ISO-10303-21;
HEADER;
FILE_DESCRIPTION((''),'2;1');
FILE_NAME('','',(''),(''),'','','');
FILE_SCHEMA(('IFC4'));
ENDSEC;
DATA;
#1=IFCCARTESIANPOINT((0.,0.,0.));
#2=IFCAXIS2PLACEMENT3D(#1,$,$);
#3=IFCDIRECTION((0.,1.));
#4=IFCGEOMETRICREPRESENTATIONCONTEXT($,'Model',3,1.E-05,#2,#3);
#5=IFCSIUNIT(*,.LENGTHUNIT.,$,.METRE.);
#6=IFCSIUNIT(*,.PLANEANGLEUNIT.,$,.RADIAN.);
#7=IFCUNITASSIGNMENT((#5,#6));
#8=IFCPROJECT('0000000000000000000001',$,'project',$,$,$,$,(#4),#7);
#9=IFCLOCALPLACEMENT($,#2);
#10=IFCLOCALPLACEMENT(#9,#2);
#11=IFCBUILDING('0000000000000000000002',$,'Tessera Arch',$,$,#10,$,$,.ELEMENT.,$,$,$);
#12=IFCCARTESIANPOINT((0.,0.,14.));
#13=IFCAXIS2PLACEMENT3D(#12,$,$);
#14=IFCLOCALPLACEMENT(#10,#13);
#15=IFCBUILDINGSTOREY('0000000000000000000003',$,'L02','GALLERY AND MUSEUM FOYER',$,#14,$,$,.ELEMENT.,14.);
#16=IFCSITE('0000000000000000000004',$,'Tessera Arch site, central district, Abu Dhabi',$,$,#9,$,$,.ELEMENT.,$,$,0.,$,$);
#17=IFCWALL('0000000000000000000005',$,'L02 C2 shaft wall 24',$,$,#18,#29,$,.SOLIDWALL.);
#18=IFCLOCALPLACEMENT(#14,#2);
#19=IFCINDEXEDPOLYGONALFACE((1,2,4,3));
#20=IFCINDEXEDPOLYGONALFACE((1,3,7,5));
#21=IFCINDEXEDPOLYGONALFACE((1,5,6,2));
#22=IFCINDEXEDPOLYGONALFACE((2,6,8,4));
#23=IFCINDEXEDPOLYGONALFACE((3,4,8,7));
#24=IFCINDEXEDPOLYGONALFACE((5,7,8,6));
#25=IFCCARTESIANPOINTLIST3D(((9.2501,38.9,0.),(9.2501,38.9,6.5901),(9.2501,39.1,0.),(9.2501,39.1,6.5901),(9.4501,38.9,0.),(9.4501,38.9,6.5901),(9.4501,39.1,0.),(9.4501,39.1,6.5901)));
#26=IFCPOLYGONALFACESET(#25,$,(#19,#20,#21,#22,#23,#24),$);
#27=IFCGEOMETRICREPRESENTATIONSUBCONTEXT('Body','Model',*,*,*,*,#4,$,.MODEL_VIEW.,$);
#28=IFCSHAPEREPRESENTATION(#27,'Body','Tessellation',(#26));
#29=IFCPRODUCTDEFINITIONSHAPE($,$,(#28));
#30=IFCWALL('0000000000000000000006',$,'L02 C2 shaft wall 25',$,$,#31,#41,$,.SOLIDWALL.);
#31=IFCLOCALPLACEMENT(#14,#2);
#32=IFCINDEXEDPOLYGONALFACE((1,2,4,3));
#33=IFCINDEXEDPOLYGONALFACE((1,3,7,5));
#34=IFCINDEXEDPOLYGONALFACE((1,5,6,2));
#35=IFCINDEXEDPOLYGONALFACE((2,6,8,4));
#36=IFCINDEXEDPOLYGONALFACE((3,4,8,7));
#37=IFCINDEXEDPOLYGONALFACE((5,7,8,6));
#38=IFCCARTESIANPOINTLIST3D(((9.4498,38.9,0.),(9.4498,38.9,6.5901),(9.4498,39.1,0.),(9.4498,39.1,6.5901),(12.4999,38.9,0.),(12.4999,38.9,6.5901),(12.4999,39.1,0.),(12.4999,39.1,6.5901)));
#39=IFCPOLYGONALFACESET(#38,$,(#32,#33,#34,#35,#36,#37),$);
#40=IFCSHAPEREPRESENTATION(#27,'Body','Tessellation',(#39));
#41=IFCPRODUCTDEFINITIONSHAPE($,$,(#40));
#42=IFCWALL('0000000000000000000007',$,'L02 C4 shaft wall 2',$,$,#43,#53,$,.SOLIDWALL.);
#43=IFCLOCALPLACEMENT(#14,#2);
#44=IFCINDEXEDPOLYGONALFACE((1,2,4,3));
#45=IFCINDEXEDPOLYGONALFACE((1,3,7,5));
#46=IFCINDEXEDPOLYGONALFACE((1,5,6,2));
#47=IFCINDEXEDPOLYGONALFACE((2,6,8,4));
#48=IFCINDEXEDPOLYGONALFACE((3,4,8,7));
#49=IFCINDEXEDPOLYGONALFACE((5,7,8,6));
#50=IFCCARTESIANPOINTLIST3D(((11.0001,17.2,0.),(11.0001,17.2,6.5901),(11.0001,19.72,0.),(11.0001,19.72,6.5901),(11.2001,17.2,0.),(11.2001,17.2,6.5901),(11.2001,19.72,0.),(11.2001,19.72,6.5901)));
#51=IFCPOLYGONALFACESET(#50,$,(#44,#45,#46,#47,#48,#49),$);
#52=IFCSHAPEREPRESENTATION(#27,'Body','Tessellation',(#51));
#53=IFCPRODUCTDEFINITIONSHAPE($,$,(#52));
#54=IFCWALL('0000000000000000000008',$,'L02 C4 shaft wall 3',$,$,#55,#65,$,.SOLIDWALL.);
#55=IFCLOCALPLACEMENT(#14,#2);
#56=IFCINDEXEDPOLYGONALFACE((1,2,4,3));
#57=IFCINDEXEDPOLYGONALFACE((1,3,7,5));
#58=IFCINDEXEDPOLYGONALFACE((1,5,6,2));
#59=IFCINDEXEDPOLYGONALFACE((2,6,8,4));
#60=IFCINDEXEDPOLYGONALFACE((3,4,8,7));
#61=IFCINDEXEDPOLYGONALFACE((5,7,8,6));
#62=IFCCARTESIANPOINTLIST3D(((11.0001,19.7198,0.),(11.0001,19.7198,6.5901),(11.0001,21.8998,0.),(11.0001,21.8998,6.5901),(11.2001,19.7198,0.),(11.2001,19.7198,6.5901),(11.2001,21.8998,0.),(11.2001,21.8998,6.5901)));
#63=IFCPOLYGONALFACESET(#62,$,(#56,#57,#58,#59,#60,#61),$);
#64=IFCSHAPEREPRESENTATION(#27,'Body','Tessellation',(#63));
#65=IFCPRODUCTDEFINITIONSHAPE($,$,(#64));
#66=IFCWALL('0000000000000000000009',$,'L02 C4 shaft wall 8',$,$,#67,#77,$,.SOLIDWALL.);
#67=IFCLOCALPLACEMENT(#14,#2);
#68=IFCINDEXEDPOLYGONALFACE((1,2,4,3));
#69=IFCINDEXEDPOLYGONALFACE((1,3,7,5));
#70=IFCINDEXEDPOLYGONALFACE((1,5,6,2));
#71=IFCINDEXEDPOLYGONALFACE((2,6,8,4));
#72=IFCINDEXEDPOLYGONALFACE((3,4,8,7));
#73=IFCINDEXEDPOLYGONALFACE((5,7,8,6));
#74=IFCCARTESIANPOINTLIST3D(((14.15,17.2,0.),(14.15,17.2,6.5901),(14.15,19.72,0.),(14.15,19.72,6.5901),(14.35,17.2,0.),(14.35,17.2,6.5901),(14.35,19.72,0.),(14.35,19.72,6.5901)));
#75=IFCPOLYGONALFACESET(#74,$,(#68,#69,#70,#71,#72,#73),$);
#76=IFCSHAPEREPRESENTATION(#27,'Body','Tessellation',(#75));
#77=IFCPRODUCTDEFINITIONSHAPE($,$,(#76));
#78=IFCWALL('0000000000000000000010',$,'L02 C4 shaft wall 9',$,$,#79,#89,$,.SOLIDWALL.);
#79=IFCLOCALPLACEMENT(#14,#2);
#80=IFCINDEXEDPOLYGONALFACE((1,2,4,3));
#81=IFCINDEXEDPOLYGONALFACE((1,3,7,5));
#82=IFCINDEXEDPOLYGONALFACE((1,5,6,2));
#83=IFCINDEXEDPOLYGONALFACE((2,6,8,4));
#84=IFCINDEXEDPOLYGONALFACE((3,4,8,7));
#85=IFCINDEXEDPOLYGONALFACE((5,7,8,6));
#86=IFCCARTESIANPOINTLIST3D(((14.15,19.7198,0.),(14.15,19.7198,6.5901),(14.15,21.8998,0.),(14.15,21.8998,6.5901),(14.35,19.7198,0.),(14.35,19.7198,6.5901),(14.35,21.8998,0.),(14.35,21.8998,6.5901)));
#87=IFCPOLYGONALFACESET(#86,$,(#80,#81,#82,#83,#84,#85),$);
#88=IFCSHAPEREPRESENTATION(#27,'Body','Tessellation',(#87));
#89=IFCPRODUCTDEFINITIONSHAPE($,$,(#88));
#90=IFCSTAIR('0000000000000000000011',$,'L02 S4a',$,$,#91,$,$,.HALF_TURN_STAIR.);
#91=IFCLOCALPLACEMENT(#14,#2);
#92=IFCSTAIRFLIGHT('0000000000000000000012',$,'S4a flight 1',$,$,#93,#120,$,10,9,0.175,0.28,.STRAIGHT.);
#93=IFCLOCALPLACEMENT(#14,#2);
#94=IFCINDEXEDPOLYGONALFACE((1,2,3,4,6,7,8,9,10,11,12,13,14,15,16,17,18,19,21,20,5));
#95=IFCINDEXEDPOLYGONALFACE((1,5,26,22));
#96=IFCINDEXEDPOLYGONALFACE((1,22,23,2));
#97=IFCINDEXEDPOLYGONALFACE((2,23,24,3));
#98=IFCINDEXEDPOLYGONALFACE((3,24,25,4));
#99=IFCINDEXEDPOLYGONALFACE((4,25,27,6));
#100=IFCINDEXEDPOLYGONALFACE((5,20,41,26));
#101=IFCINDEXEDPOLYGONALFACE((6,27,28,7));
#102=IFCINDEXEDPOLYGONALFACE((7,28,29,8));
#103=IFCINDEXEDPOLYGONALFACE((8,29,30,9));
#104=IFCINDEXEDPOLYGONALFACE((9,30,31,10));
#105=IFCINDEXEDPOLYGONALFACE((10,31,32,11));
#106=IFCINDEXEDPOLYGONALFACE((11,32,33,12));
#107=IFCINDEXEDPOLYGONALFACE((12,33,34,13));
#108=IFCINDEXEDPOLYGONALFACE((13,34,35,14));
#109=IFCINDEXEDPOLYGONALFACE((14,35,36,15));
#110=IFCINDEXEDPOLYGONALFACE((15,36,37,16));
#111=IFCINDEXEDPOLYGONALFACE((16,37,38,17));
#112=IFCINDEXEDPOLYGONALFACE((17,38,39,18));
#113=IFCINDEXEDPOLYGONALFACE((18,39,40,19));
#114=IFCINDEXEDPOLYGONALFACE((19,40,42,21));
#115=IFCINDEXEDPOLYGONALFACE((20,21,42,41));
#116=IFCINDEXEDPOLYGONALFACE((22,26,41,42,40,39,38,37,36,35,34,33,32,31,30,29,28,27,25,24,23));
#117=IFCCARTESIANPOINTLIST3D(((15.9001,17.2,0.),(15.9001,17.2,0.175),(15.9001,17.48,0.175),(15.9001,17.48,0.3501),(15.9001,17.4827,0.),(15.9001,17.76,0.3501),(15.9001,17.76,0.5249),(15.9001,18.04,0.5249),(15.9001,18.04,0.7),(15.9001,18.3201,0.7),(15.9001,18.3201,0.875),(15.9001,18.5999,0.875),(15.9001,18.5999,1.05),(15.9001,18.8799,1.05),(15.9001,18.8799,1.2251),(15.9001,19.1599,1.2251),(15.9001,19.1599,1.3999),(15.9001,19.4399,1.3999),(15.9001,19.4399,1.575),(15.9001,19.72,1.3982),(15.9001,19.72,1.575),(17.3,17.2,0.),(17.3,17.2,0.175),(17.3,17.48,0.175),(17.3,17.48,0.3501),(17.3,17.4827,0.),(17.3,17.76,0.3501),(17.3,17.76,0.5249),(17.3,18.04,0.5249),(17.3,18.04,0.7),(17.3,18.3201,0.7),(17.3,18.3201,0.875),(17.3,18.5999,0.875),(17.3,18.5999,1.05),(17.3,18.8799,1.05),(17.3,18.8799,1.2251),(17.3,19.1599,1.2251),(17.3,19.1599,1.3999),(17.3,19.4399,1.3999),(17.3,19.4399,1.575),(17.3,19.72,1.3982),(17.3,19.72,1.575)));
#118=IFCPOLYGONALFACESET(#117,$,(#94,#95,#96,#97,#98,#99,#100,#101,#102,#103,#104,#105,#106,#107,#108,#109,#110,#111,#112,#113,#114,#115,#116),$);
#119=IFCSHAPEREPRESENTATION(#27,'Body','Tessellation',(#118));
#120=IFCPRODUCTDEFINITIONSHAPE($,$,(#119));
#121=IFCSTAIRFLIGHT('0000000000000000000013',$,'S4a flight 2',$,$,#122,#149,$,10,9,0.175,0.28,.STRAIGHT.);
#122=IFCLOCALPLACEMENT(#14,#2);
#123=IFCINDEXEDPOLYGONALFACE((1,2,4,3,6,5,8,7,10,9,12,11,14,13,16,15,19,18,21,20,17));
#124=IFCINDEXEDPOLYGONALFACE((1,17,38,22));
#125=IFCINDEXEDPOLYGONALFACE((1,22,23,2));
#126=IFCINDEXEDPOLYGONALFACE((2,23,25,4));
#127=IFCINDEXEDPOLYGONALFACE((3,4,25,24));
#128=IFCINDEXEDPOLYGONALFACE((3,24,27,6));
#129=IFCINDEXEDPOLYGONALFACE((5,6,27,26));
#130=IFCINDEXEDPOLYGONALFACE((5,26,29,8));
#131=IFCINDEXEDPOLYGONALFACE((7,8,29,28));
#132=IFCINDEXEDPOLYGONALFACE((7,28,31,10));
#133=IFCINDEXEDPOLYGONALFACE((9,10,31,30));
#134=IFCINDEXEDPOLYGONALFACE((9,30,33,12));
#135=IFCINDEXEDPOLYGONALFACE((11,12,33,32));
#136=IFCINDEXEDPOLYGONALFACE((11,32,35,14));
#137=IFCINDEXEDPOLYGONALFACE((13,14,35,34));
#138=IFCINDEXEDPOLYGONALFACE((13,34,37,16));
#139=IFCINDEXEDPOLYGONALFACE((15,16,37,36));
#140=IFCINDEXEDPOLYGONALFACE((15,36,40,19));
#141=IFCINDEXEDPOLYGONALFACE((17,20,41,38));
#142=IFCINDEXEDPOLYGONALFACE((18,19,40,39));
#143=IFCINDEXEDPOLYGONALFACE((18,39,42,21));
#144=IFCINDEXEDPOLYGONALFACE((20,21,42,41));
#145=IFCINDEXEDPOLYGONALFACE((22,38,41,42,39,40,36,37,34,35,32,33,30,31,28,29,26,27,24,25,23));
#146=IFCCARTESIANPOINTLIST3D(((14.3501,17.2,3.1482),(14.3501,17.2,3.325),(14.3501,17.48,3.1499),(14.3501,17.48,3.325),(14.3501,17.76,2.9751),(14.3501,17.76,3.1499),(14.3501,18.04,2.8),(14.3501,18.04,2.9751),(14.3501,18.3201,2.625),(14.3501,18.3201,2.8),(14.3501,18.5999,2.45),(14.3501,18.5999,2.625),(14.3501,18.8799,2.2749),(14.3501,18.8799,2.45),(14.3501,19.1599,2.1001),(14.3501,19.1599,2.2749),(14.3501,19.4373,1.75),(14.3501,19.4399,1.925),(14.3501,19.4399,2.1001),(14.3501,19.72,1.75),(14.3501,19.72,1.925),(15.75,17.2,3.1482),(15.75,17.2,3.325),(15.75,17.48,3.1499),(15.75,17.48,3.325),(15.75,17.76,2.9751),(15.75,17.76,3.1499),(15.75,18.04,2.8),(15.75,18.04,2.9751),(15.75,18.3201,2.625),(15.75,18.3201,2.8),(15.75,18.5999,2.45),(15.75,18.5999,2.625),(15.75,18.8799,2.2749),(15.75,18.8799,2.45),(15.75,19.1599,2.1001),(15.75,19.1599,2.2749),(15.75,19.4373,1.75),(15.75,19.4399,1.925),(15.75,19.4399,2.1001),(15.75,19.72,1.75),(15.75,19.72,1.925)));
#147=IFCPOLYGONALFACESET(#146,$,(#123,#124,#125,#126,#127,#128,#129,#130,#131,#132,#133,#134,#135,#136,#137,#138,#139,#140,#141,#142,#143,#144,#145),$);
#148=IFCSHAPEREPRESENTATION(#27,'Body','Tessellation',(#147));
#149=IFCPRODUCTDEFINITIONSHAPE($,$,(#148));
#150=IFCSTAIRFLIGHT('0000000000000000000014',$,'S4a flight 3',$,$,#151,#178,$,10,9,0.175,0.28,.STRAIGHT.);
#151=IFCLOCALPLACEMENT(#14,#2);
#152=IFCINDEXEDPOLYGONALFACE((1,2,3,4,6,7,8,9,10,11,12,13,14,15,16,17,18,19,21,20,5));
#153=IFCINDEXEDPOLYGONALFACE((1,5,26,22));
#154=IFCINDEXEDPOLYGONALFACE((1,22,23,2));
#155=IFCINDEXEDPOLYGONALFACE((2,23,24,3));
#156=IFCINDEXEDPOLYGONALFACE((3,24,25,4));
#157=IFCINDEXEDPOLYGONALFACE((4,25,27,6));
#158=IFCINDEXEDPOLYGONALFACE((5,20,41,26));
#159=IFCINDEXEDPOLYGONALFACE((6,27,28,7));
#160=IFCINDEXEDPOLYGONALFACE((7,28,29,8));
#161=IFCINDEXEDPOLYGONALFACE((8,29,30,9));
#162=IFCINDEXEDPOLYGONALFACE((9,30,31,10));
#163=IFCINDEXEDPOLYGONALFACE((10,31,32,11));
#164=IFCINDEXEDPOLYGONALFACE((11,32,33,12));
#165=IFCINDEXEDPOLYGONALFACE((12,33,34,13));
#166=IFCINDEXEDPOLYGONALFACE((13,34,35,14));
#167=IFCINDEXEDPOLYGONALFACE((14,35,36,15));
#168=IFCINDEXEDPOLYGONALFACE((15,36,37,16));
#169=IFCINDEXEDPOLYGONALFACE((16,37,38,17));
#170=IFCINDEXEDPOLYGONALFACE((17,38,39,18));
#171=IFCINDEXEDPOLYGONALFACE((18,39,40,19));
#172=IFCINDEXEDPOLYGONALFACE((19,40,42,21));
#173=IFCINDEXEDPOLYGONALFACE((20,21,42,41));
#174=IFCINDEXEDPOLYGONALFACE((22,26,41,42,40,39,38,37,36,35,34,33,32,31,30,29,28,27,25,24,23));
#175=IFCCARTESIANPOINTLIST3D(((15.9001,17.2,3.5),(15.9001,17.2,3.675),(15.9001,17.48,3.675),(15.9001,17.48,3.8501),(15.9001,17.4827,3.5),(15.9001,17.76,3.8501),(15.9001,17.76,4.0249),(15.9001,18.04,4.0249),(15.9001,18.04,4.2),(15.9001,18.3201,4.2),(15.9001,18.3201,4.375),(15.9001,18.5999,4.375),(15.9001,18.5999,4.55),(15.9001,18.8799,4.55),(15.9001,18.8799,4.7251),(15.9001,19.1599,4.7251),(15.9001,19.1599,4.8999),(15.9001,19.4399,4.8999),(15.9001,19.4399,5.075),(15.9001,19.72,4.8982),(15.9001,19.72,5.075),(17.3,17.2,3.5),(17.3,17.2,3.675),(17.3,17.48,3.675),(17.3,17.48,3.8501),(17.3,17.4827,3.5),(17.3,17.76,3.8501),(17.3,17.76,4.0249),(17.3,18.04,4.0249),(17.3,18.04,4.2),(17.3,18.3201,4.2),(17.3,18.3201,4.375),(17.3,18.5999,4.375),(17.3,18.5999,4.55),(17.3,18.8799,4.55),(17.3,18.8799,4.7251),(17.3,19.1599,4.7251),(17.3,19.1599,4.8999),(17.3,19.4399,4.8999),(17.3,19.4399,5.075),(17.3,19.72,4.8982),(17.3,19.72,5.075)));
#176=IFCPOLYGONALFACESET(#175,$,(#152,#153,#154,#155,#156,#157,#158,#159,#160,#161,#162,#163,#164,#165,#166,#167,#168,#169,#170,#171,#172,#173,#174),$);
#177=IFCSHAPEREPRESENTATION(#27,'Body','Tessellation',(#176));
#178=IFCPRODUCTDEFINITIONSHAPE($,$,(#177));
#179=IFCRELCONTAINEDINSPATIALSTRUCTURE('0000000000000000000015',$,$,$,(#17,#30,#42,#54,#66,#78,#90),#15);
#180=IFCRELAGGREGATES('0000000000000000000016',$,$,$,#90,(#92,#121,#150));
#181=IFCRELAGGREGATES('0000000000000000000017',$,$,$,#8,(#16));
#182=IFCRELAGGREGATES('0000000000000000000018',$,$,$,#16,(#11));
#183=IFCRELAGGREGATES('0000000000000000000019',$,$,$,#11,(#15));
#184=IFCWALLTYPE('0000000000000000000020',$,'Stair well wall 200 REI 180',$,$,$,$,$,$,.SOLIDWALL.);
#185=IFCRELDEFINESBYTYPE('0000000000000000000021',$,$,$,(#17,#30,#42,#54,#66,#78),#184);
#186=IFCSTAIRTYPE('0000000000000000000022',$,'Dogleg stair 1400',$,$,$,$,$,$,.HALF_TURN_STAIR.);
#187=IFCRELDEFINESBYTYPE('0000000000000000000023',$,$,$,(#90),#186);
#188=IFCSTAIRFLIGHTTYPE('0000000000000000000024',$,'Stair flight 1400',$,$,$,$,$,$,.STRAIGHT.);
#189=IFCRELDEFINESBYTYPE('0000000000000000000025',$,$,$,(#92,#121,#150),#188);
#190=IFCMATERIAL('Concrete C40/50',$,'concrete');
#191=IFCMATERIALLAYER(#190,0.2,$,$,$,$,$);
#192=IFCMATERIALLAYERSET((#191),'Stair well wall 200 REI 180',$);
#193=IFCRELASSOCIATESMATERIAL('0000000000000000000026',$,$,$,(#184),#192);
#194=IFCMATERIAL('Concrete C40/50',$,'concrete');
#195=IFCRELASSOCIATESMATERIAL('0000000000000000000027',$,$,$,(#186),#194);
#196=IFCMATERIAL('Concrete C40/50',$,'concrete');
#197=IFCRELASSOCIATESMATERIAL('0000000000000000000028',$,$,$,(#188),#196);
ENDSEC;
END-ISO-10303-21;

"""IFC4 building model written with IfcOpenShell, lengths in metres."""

from ifc_helpers import new_model, si_unit, direction, frame, frame_2d, origin, place, context, subcontext, project, spatial, polyline, rectangle, outline, extrude, material, layer, layer_set, type_object, element, aggregate, save


model = new_model("IFC4")

# Units and contexts
model_context = context("Model", 3, precision=1e-05, world=origin(), true_north=direction((0.0, 1.0)))
body_context = subcontext(model_context, "Body", "Model", "MODEL_VIEW")
ifc_project = project(units=[si_unit("LENGTHUNIT", "METRE"), si_unit("PLANEANGLEUNIT", "RADIAN")], contexts=[model_context])

# Site, building, storey
site_placement = place(None, origin())
site = spatial("IfcSite", under=ifc_project, at=site_placement, Name="Tessera Arch site, central district, Abu Dhabi", CompositionType="ELEMENT", RefElevation=0.0)
building_placement = place(site_placement, origin())
building = spatial("IfcBuilding", under=site, at=building_placement, Name="Tessera Arch", CompositionType="ELEMENT")
storey_placement = place(building_placement, frame((0.0, 0.0, 14.0)))
storey = spatial("IfcBuildingStorey", under=building, at=storey_placement, Name="L02", Description="GALLERY AND MUSEUM FOYER", CompositionType="ELEMENT", Elevation=14.0)

# Walls
ifc_material_1 = material(Name="Concrete C40/50", Category="concrete")
ifc_layer_1 = layer(ifc_material_1, 0.2)
ifc_layer_set_1 = layer_set([ifc_layer_1], Name="Stair well wall 200 REI 180")
wall_type_1 = type_object("IfcWallType", Name="Stair well wall 200 REI 180", PredefinedType="SOLIDWALL", material=ifc_layer_set_1)
wall_1_placement = place(storey_placement, frame((9.25, 39.0, 0.0), z_axis=(0.0, 0.0, 1.0), x_axis=(1.0, 0.0, 0.0)))
element("IfcWall", 1, at=wall_1_placement, inside=storey, type_object=wall_type_1, Name="L02 C2 shaft wall 24", PredefinedType="SOLIDWALL", context=body_context, shape_type="SweptSolid", body=[
    extrude(rectangle(XDim=0.2, YDim=0.2, at=frame_2d((0.1001, 0.0))), origin(), (0.0, 0.0, 1.0), 6.5901),
])
wall_2_placement = place(storey_placement, frame((9.45, 39.0, 0.0), z_axis=(0.0, 0.0, 1.0), x_axis=(1.0, 0.0, 0.0)))
element("IfcWall", 2, at=wall_2_placement, inside=storey, type_object=wall_type_1, Name="L02 C2 shaft wall 25", PredefinedType="SOLIDWALL", context=body_context, shape_type="SweptSolid", body=[
    extrude(rectangle(XDim=3.05, YDim=0.2, at=frame_2d((1.5249, 0.0))), origin(), (0.0, 0.0, 1.0), 6.5901),
])
wall_3_placement = place(storey_placement, frame((11.1001, 17.2, 0.0), z_axis=(0.0, 0.0, 1.0), x_axis=(0.0, 1.0, 0.0)))
element("IfcWall", 3, at=wall_3_placement, inside=storey, type_object=wall_type_1, Name="L02 C4 shaft wall 2", PredefinedType="SOLIDWALL", context=body_context, shape_type="SweptSolid", body=[
    extrude(rectangle(XDim=2.52, YDim=0.2, at=frame_2d((1.26, 0.0))), origin(), (0.0, 0.0, 1.0), 6.5901),
])
wall_4_placement = place(storey_placement, frame((11.1001, 19.72, 0.0), z_axis=(0.0, 0.0, 1.0), x_axis=(0.0, 1.0, 0.0)))
element("IfcWall", 4, at=wall_4_placement, inside=storey, type_object=wall_type_1, Name="L02 C4 shaft wall 3", PredefinedType="SOLIDWALL", context=body_context, shape_type="SweptSolid", body=[
    extrude(rectangle(XDim=2.1799, YDim=0.2, at=frame_2d((1.0898, 0.0))), origin(), (0.0, 0.0, 1.0), 6.5901),
])
wall_5_placement = place(storey_placement, frame((14.25, 17.2, 0.0), z_axis=(0.0, 0.0, 1.0), x_axis=(0.0, 1.0, 0.0)))
element("IfcWall", 5, at=wall_5_placement, inside=storey, type_object=wall_type_1, Name="L02 C4 shaft wall 8", PredefinedType="SOLIDWALL", context=body_context, shape_type="SweptSolid", body=[
    extrude(rectangle(XDim=2.52, YDim=0.2, at=frame_2d((1.26, 0.0))), origin(), (0.0, 0.0, 1.0), 6.5901),
])
wall_6_placement = place(storey_placement, frame((14.25, 19.72, 0.0), z_axis=(0.0, 0.0, 1.0), x_axis=(0.0, 1.0, 0.0)))
element("IfcWall", 6, at=wall_6_placement, inside=storey, type_object=wall_type_1, Name="L02 C4 shaft wall 9", PredefinedType="SOLIDWALL", context=body_context, shape_type="SweptSolid", body=[
    extrude(rectangle(XDim=2.1799, YDim=0.2, at=frame_2d((1.0898, 0.0))), origin(), (0.0, 0.0, 1.0), 6.5901),
])

# Stair, stair flights
ifc_material_2 = material(Name="Concrete C40/50", Category="concrete")
stair_type = type_object("IfcStairType", Name="Dogleg stair 1400", PredefinedType="HALF_TURN_STAIR", material=ifc_material_2)
stair_1_placement = place(storey_placement, origin())
stair_1 = element("IfcStair", 7, at=stair_1_placement, inside=storey, type_object=stair_type, Name="L02 S4a", PredefinedType="HALF_TURN_STAIR")
ifc_material_3 = material(Name="Concrete C40/50", Category="concrete")
stair_flight_type = type_object("IfcStairFlightType", Name="Stair flight 1400", PredefinedType="STRAIGHT", material=ifc_material_3)
stair_flight_1_placement = place(storey_placement, frame((16.6001, 17.2, 0.0), z_axis=(0.0, 0.0, 1.0), x_axis=(0.0, 1.0, 0.0)))
stair_flight_1 = element("IfcStairFlight", 8, at=stair_flight_1_placement, type_object=stair_flight_type, Name="S4a flight 1", NumberOfRisers=10, NumberOfTreads=9, PredefinedType="STRAIGHT", RiserHeight=0.175, TreadLength=0.28, context=body_context, shape_type="SweptSolid", body=[
    extrude(outline(polyline([(0.0, 0.0), (0.0, 0.175), (0.28, 0.175), (0.28, 0.3501), (0.5601, 0.3501), (0.5601, 0.5249), (0.8401, 0.5249), (0.8401, 0.7), (1.1201, 0.7), (1.1201, 0.875), (1.3999, 0.875), (1.3999, 1.05), (1.6799, 1.05), (1.6799, 1.2251), (1.96, 1.2251), (1.96, 1.3999), (2.24, 1.3999), (2.24, 1.575), (2.52, 1.575), (2.52, 1.75), (2.52, 1.3982), (0.2827, 0.0), (0.0, 0.0)])), frame((0.0, 0.7, 0.0), z_axis=(0.0, -1.0, 0.0), x_axis=(1.0, 0.0, 0.0)), (0.0, 0.0, 1.0), 1.3999),
])
stair_flight_2_placement = place(storey_placement, frame((15.05, 19.72, 1.75), z_axis=(0.0, 0.0, 1.0), x_axis=(0.0, -1.0, 0.0)))
stair_flight_2 = element("IfcStairFlight", 9, at=stair_flight_2_placement, type_object=stair_flight_type, Name="S4a flight 2", NumberOfRisers=10, NumberOfTreads=9, PredefinedType="STRAIGHT", RiserHeight=0.175, TreadLength=0.28, context=body_context, shape_type="SweptSolid", body=[
    extrude(outline(polyline([(0.0, 0.0), (0.0, 0.175), (0.28, 0.175), (0.28, 0.3501), (0.5601, 0.3501), (0.5601, 0.5249), (0.8401, 0.5249), (0.8401, 0.7), (1.1201, 0.7), (1.1201, 0.875), (1.3999, 0.875), (1.3999, 1.05), (1.6799, 1.05), (1.6799, 1.2251), (1.96, 1.2251), (1.96, 1.3999), (2.24, 1.3999), (2.24, 1.575), (2.52, 1.575), (2.52, 1.75), (2.52, 1.3982), (0.2827, 0.0), (0.0, 0.0)])), frame((0.0, 0.7, 0.0), z_axis=(0.0, -1.0, 0.0), x_axis=(1.0, 0.0, 0.0)), (0.0, 0.0, 1.0), 1.3999),
])
stair_flight_3_placement = place(storey_placement, frame((16.6001, 17.2, 3.5), z_axis=(0.0, 0.0, 1.0), x_axis=(0.0, 1.0, 0.0)))
stair_flight_3 = element("IfcStairFlight", 10, at=stair_flight_3_placement, type_object=stair_flight_type, Name="S4a flight 3", NumberOfRisers=10, NumberOfTreads=9, PredefinedType="STRAIGHT", RiserHeight=0.175, TreadLength=0.28, context=body_context, shape_type="SweptSolid", body=[
    extrude(outline(polyline([(0.0, 0.0), (0.0, 0.175), (0.28, 0.175), (0.28, 0.3501), (0.5601, 0.3501), (0.5601, 0.5249), (0.8401, 0.5249), (0.8401, 0.7), (1.1201, 0.7), (1.1201, 0.875), (1.3999, 0.875), (1.3999, 1.05), (1.6799, 1.05), (1.6799, 1.2251), (1.96, 1.2251), (1.96, 1.3999), (2.24, 1.3999), (2.24, 1.575), (2.52, 1.575), (2.52, 1.75), (2.52, 1.3982), (0.2827, 0.0), (0.0, 0.0)])), frame((0.0, 0.7, 0.0), z_axis=(0.0, -1.0, 0.0), x_axis=(1.0, 0.0, 0.0)), (0.0, 0.0, 1.0), 1.3999),
])
aggregate(stair_1, [stair_flight_1, stair_flight_2, stair_flight_3])

save(model, "model.ifc")
